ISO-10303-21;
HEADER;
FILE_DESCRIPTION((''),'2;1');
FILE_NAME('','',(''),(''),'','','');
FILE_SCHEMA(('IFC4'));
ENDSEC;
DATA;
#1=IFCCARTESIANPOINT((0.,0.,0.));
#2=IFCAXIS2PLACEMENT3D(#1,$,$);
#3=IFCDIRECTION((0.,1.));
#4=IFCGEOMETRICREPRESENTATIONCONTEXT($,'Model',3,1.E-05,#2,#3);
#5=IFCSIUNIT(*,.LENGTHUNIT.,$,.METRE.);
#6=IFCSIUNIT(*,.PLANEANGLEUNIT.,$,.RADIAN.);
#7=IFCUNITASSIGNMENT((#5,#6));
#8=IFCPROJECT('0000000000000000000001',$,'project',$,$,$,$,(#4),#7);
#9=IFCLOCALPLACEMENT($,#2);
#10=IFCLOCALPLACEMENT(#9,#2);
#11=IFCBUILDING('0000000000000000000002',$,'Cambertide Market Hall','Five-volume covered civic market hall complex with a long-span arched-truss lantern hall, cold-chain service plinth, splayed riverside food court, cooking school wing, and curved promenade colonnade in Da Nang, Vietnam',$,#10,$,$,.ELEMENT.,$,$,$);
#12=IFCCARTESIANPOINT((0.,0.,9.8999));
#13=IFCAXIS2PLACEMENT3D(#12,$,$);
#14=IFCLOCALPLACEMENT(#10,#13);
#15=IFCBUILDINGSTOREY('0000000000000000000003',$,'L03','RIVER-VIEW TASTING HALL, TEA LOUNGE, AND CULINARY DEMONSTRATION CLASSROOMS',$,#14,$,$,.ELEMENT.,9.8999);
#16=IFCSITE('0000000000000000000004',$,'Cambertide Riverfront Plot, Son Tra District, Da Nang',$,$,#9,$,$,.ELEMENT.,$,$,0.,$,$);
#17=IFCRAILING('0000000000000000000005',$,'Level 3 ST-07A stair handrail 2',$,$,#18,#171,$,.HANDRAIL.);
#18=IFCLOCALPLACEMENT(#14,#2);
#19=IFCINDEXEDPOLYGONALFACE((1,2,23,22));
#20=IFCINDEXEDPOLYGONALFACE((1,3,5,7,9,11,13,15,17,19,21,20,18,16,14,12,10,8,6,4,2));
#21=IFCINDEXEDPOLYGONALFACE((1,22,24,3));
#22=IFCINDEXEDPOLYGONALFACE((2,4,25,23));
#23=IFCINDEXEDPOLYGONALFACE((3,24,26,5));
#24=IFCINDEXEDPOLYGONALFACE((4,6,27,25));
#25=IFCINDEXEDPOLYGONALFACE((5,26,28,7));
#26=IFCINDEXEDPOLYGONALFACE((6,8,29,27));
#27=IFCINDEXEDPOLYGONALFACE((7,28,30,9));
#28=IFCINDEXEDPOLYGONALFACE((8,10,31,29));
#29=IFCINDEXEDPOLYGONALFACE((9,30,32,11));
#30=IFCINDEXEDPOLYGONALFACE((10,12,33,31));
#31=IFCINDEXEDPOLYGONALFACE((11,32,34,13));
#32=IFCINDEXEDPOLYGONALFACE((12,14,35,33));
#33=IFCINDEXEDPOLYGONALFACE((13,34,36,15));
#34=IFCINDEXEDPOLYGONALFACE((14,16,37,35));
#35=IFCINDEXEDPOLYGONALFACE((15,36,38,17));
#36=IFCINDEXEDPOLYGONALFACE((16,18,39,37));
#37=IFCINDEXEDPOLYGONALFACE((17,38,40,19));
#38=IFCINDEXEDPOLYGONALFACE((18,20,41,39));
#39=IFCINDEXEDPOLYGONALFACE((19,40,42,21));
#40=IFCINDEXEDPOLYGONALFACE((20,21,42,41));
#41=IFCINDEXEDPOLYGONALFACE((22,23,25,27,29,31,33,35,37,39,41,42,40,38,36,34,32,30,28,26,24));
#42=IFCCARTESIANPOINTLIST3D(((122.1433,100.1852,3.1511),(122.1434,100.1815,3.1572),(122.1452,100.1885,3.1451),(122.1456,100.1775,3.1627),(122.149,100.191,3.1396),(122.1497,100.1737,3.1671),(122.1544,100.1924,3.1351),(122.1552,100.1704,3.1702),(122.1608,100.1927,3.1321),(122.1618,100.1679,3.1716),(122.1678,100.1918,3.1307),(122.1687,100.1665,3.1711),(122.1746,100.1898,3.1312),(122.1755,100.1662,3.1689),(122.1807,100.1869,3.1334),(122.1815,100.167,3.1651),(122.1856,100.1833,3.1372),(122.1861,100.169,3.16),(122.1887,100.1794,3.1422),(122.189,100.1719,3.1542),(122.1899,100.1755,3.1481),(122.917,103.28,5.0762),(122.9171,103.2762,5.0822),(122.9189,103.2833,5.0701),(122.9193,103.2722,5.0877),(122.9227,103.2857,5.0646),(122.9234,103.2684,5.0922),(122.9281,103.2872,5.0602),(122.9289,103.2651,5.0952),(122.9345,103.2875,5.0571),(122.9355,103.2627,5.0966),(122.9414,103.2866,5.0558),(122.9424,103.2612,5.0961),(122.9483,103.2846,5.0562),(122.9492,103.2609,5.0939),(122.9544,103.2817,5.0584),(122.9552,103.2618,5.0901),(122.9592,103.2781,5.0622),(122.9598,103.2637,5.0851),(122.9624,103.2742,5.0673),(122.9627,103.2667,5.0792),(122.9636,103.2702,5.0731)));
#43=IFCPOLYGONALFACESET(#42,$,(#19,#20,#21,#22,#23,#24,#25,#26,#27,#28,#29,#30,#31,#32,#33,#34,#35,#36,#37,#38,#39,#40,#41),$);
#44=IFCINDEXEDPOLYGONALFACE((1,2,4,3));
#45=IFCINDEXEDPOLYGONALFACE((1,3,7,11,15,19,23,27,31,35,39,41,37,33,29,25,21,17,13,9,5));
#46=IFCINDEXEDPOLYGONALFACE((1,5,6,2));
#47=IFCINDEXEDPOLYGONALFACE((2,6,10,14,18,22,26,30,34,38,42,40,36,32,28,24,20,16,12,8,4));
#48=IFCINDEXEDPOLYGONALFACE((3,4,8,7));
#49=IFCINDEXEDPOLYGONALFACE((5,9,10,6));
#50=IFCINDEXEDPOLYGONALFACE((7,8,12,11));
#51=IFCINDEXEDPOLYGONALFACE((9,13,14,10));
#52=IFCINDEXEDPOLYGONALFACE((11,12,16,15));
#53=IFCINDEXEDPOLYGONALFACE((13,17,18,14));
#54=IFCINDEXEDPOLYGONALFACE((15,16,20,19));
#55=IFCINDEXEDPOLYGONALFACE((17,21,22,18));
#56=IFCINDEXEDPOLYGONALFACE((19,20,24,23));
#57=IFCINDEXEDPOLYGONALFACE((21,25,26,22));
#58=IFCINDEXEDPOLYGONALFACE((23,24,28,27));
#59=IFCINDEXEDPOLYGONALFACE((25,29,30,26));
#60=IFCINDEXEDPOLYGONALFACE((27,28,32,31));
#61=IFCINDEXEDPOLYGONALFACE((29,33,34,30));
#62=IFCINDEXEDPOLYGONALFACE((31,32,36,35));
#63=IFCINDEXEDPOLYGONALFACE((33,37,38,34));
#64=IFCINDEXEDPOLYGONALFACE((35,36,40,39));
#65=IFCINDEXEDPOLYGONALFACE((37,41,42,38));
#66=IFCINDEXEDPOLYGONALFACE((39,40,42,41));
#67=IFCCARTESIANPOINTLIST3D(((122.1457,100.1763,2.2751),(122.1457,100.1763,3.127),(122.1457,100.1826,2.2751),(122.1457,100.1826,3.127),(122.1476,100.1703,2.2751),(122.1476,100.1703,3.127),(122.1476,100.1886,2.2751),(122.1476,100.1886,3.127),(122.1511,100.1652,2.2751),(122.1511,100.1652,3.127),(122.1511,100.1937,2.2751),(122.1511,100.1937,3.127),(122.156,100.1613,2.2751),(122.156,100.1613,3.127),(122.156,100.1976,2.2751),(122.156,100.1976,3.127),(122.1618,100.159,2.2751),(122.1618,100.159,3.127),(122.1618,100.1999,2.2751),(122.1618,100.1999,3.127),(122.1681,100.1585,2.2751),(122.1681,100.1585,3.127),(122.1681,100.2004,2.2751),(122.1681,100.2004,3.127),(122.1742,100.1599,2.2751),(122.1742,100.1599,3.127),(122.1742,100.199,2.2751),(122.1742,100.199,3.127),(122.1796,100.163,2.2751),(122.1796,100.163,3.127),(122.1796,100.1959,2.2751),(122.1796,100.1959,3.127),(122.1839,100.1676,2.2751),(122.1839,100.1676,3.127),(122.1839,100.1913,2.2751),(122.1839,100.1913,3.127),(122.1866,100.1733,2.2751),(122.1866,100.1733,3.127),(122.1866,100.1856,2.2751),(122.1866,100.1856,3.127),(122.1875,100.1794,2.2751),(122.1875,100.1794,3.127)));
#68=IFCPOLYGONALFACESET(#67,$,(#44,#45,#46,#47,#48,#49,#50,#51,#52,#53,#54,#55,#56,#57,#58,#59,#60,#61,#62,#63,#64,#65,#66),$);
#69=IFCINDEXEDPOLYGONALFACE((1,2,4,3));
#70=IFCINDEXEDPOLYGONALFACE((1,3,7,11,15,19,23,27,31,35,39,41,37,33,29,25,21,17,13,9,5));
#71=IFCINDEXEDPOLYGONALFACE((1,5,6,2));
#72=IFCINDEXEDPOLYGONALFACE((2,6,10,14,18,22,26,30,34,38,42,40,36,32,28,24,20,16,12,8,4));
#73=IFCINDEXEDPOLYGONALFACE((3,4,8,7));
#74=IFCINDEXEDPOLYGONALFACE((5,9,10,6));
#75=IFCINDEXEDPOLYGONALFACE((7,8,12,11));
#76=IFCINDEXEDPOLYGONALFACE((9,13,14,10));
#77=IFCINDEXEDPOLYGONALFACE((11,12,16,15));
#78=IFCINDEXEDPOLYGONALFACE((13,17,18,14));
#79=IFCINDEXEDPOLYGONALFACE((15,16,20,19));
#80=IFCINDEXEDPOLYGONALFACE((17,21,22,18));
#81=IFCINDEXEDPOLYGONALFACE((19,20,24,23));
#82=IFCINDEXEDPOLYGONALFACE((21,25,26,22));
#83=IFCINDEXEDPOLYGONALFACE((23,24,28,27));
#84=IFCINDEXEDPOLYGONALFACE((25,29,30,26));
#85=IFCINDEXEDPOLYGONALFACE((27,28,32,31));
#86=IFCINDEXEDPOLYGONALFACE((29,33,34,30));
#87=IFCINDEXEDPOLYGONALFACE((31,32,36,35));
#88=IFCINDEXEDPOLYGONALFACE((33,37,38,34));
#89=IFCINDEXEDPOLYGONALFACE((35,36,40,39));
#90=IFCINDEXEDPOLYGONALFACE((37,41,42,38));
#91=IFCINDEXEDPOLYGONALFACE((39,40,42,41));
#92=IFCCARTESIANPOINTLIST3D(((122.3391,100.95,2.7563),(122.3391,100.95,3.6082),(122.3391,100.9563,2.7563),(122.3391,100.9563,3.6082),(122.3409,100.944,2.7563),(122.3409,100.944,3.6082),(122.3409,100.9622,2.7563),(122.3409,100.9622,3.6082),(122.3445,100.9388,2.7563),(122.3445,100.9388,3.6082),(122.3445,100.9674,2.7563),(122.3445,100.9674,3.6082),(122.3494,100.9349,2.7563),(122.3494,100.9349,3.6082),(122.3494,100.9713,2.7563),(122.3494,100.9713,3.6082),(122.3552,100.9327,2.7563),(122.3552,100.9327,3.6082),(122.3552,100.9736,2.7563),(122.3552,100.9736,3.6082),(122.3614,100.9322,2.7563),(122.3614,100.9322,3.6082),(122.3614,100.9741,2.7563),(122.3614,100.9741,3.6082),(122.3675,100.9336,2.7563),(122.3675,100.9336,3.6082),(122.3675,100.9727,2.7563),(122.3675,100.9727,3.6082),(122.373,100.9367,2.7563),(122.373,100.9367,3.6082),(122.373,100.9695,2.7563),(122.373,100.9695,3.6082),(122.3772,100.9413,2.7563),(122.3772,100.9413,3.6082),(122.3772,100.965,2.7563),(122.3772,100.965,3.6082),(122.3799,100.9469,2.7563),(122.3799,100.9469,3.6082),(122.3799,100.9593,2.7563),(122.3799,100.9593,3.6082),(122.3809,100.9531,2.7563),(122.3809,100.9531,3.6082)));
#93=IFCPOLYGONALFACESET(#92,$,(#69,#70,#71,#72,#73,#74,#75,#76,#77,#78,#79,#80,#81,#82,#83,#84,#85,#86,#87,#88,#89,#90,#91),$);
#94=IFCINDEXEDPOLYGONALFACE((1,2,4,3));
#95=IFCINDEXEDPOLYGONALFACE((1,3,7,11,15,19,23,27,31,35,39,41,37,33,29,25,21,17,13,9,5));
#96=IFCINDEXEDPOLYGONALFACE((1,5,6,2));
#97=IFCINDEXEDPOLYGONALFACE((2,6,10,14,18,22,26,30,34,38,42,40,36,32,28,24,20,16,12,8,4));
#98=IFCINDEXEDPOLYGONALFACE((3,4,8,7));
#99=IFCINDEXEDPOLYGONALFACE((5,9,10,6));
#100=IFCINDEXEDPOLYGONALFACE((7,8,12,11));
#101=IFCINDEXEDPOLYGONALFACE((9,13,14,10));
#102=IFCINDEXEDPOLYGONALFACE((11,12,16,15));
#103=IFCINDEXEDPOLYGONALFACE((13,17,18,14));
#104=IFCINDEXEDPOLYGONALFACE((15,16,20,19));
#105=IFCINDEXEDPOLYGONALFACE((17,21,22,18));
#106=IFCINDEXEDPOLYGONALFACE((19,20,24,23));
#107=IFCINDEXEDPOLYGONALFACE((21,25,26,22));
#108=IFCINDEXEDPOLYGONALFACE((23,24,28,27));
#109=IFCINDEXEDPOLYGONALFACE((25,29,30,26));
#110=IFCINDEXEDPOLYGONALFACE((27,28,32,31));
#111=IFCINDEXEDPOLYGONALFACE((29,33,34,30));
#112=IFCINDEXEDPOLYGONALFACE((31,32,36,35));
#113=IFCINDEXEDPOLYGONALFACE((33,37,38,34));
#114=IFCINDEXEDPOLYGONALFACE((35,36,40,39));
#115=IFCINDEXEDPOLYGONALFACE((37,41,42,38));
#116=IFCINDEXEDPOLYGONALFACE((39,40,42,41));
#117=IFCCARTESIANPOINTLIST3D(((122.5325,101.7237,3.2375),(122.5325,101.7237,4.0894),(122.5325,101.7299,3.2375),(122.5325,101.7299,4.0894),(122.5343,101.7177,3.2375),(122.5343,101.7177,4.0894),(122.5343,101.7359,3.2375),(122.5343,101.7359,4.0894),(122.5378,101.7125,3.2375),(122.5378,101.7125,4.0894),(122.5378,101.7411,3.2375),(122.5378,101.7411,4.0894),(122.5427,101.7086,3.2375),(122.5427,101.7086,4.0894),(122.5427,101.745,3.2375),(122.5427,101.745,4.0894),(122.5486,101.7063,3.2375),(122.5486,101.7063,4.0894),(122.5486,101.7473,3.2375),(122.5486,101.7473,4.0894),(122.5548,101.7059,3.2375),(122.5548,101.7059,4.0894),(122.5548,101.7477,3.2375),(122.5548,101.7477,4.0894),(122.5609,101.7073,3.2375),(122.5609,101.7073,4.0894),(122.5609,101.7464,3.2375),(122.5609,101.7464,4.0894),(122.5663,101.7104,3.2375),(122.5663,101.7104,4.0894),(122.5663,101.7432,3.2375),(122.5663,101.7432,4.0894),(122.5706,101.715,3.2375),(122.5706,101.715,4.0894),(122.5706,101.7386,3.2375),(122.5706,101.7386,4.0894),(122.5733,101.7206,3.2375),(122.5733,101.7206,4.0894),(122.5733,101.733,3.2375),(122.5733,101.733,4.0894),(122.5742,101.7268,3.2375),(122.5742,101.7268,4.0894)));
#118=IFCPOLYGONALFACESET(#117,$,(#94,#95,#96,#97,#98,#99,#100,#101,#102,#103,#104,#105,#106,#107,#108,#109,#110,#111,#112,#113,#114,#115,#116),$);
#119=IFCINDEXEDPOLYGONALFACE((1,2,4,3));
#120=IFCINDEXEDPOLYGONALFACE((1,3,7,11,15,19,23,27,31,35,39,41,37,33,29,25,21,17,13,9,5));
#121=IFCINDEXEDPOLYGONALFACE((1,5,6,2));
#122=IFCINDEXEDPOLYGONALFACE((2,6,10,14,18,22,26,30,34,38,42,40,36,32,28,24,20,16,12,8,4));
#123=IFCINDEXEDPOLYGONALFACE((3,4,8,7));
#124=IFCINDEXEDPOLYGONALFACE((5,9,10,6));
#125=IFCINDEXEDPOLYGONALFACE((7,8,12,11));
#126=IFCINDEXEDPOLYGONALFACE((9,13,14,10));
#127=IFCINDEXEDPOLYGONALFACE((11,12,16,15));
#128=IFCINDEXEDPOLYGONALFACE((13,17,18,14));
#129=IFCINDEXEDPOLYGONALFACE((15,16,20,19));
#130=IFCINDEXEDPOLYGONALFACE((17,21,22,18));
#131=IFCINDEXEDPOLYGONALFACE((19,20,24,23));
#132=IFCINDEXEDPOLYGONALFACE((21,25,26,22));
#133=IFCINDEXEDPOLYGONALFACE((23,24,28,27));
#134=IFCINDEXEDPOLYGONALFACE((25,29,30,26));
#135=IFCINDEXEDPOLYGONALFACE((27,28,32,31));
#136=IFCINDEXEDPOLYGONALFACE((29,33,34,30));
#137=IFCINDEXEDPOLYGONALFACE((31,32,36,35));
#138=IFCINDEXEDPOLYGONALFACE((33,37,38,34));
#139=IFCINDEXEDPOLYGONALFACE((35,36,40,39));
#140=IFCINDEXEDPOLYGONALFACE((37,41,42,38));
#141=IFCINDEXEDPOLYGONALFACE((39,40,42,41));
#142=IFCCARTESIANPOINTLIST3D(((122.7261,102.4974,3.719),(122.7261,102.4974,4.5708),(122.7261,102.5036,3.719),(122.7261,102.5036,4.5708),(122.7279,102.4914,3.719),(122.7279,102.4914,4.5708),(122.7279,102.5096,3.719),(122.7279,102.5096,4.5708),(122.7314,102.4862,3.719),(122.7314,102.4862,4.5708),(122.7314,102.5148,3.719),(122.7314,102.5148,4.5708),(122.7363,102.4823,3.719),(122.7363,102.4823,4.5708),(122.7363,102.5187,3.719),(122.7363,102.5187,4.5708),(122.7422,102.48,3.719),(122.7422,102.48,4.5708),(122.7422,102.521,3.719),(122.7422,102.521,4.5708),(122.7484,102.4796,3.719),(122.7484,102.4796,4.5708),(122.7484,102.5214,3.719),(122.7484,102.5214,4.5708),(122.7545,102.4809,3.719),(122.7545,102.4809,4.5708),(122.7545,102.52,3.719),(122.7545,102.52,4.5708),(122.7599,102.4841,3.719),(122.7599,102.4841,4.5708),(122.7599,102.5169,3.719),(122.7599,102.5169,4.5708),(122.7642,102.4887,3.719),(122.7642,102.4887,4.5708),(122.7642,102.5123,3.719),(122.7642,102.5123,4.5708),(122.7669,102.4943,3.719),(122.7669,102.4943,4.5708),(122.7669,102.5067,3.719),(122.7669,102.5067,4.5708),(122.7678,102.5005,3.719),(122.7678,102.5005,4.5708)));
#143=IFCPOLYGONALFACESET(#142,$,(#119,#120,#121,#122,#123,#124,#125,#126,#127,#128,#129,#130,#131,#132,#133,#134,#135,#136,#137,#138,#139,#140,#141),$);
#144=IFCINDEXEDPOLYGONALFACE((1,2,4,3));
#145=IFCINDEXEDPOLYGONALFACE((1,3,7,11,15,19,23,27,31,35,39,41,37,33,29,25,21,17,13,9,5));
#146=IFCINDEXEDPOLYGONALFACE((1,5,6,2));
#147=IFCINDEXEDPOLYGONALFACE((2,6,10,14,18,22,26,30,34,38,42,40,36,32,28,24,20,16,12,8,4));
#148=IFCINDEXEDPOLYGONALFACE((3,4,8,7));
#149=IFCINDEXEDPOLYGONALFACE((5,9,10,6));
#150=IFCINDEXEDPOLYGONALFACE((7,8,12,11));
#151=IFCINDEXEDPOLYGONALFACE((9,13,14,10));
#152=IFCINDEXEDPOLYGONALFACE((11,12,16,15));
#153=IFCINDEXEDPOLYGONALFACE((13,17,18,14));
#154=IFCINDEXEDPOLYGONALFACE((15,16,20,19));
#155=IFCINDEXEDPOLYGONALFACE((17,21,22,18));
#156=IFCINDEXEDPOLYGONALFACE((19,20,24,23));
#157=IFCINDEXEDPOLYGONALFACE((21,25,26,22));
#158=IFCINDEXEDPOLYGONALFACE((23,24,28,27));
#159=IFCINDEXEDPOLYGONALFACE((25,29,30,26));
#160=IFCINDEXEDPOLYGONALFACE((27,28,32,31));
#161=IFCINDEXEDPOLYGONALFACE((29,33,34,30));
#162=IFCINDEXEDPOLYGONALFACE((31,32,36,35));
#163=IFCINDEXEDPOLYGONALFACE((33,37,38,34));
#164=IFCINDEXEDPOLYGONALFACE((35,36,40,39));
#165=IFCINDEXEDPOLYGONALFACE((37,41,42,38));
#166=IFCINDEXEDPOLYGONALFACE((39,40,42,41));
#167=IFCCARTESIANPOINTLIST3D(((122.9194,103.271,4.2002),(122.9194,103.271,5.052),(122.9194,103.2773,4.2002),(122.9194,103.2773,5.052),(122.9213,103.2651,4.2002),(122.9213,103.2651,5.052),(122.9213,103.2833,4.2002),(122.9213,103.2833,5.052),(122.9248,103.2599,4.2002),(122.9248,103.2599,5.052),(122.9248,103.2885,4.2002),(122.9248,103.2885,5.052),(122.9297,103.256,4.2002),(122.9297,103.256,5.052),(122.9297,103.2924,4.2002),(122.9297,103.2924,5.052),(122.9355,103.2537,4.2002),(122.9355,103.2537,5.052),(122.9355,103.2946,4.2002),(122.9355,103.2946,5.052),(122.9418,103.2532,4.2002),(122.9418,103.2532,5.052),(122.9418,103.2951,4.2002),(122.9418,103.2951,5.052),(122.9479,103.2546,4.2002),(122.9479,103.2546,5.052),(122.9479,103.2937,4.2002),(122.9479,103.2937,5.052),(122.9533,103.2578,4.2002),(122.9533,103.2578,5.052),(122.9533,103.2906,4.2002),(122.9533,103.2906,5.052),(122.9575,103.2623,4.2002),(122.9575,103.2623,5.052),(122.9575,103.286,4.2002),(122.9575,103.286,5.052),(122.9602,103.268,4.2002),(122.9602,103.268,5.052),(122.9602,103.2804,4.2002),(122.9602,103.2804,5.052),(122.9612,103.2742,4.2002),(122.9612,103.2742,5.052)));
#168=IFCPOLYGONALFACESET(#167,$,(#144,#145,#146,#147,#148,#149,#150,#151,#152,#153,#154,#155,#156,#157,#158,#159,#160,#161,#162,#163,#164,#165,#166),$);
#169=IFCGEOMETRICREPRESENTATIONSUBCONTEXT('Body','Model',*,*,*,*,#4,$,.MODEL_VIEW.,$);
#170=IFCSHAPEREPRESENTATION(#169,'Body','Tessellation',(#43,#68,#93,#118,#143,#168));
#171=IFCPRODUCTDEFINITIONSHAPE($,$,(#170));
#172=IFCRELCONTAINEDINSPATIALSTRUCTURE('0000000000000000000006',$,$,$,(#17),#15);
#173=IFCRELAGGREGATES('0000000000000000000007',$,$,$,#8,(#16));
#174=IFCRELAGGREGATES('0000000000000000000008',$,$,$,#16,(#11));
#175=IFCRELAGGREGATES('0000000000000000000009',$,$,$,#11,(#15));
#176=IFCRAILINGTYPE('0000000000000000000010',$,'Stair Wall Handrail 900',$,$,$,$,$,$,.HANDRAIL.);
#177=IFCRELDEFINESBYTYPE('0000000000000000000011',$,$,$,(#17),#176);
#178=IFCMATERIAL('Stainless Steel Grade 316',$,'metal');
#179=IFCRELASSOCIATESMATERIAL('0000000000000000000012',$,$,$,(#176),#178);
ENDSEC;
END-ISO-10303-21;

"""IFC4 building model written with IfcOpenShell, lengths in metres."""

from ifc_helpers import new_model, si_unit, direction, frame, origin, origin_2d, place, context, subcontext, project, spatial, circle, extrude, material, type_object, element, save


model = new_model("IFC4")

# Units and contexts
model_context = context("Model", 3, precision=1e-05, world=origin(), true_north=direction((0.0, 1.0)))
body_context = subcontext(model_context, "Body", "Model", "MODEL_VIEW")
ifc_project = project(units=[si_unit("LENGTHUNIT", "METRE"), si_unit("PLANEANGLEUNIT", "RADIAN")], contexts=[model_context])

# Site, building, storey
site_placement = place(None, origin())
site = spatial("IfcSite", under=ifc_project, at=site_placement, Name="Cambertide Riverfront Plot, Son Tra District, Da Nang", CompositionType="ELEMENT", RefElevation=0.0)
building_placement = place(site_placement, origin())
building = spatial("IfcBuilding", under=site, at=building_placement, Name="Cambertide Market Hall", Description="Five-volume covered civic market hall complex with a long-span arched-truss lantern hall, cold-chain service plinth, splayed riverside food court, cooking school wing, and curved promenade colonnade in Da Nang, Vietnam", CompositionType="ELEMENT")
storey_placement = place(building_placement, frame((0.0, 0.0, 9.8999)))
storey = spatial("IfcBuildingStorey", under=building, at=storey_placement, Name="L03", Description="RIVER-VIEW TASTING HALL, TEA LOUNGE, AND CULINARY DEMONSTRATION CLASSROOMS", CompositionType="ELEMENT", Elevation=9.8999)

# Railing
ifc_material_1 = material(Name="Stainless Steel Grade 316", Category="metal")
railing_type_1 = type_object("IfcRailingType", Name="Stair Wall Handrail 900", PredefinedType="HANDRAIL", material=ifc_material_1)
railing_1_placement = place(storey_placement, frame((122.1665, 100.1794, 2.2751)))
element("IfcRailing", 1, at=railing_1_placement, inside=storey, type_object=railing_type_1, Name="Level 3 ST-07A stair handrail 2", PredefinedType="HANDRAIL", context=body_context, shape_type="SweptSolid", body=[
    extrude(circle(Radius=0.0239, at=origin_2d()), frame((0.0, 0.0, 0.876), z_axis=(0.207654, 0.830616, 0.516678), x_axis=(-0.970143, 0.242536, 0.0)), (0.0, 0.0, 1.0), 3.7258),
    extrude(circle(Radius=0.021, at=origin_2d()), origin(), (0.0, 0.0, 1.0), 0.8518),
    extrude(circle(Radius=0.021, at=origin_2d()), frame((0.1934, 0.7737, 0.4812)), (0.0, 0.0, 1.0), 0.8518),
    extrude(circle(Radius=0.021, at=origin_2d()), frame((0.3867, 1.5474, 0.9624)), (0.0, 0.0, 1.0), 0.8518),
    extrude(circle(Radius=0.021, at=origin_2d()), frame((0.5803, 2.321, 1.4438)), (0.0, 0.0, 1.0), 0.8518),
    extrude(circle(Radius=0.021, at=origin_2d()), frame((0.7737, 3.0947, 1.925)), (0.0, 0.0, 1.0), 0.8518),
])

save(model, "model.ifc")
